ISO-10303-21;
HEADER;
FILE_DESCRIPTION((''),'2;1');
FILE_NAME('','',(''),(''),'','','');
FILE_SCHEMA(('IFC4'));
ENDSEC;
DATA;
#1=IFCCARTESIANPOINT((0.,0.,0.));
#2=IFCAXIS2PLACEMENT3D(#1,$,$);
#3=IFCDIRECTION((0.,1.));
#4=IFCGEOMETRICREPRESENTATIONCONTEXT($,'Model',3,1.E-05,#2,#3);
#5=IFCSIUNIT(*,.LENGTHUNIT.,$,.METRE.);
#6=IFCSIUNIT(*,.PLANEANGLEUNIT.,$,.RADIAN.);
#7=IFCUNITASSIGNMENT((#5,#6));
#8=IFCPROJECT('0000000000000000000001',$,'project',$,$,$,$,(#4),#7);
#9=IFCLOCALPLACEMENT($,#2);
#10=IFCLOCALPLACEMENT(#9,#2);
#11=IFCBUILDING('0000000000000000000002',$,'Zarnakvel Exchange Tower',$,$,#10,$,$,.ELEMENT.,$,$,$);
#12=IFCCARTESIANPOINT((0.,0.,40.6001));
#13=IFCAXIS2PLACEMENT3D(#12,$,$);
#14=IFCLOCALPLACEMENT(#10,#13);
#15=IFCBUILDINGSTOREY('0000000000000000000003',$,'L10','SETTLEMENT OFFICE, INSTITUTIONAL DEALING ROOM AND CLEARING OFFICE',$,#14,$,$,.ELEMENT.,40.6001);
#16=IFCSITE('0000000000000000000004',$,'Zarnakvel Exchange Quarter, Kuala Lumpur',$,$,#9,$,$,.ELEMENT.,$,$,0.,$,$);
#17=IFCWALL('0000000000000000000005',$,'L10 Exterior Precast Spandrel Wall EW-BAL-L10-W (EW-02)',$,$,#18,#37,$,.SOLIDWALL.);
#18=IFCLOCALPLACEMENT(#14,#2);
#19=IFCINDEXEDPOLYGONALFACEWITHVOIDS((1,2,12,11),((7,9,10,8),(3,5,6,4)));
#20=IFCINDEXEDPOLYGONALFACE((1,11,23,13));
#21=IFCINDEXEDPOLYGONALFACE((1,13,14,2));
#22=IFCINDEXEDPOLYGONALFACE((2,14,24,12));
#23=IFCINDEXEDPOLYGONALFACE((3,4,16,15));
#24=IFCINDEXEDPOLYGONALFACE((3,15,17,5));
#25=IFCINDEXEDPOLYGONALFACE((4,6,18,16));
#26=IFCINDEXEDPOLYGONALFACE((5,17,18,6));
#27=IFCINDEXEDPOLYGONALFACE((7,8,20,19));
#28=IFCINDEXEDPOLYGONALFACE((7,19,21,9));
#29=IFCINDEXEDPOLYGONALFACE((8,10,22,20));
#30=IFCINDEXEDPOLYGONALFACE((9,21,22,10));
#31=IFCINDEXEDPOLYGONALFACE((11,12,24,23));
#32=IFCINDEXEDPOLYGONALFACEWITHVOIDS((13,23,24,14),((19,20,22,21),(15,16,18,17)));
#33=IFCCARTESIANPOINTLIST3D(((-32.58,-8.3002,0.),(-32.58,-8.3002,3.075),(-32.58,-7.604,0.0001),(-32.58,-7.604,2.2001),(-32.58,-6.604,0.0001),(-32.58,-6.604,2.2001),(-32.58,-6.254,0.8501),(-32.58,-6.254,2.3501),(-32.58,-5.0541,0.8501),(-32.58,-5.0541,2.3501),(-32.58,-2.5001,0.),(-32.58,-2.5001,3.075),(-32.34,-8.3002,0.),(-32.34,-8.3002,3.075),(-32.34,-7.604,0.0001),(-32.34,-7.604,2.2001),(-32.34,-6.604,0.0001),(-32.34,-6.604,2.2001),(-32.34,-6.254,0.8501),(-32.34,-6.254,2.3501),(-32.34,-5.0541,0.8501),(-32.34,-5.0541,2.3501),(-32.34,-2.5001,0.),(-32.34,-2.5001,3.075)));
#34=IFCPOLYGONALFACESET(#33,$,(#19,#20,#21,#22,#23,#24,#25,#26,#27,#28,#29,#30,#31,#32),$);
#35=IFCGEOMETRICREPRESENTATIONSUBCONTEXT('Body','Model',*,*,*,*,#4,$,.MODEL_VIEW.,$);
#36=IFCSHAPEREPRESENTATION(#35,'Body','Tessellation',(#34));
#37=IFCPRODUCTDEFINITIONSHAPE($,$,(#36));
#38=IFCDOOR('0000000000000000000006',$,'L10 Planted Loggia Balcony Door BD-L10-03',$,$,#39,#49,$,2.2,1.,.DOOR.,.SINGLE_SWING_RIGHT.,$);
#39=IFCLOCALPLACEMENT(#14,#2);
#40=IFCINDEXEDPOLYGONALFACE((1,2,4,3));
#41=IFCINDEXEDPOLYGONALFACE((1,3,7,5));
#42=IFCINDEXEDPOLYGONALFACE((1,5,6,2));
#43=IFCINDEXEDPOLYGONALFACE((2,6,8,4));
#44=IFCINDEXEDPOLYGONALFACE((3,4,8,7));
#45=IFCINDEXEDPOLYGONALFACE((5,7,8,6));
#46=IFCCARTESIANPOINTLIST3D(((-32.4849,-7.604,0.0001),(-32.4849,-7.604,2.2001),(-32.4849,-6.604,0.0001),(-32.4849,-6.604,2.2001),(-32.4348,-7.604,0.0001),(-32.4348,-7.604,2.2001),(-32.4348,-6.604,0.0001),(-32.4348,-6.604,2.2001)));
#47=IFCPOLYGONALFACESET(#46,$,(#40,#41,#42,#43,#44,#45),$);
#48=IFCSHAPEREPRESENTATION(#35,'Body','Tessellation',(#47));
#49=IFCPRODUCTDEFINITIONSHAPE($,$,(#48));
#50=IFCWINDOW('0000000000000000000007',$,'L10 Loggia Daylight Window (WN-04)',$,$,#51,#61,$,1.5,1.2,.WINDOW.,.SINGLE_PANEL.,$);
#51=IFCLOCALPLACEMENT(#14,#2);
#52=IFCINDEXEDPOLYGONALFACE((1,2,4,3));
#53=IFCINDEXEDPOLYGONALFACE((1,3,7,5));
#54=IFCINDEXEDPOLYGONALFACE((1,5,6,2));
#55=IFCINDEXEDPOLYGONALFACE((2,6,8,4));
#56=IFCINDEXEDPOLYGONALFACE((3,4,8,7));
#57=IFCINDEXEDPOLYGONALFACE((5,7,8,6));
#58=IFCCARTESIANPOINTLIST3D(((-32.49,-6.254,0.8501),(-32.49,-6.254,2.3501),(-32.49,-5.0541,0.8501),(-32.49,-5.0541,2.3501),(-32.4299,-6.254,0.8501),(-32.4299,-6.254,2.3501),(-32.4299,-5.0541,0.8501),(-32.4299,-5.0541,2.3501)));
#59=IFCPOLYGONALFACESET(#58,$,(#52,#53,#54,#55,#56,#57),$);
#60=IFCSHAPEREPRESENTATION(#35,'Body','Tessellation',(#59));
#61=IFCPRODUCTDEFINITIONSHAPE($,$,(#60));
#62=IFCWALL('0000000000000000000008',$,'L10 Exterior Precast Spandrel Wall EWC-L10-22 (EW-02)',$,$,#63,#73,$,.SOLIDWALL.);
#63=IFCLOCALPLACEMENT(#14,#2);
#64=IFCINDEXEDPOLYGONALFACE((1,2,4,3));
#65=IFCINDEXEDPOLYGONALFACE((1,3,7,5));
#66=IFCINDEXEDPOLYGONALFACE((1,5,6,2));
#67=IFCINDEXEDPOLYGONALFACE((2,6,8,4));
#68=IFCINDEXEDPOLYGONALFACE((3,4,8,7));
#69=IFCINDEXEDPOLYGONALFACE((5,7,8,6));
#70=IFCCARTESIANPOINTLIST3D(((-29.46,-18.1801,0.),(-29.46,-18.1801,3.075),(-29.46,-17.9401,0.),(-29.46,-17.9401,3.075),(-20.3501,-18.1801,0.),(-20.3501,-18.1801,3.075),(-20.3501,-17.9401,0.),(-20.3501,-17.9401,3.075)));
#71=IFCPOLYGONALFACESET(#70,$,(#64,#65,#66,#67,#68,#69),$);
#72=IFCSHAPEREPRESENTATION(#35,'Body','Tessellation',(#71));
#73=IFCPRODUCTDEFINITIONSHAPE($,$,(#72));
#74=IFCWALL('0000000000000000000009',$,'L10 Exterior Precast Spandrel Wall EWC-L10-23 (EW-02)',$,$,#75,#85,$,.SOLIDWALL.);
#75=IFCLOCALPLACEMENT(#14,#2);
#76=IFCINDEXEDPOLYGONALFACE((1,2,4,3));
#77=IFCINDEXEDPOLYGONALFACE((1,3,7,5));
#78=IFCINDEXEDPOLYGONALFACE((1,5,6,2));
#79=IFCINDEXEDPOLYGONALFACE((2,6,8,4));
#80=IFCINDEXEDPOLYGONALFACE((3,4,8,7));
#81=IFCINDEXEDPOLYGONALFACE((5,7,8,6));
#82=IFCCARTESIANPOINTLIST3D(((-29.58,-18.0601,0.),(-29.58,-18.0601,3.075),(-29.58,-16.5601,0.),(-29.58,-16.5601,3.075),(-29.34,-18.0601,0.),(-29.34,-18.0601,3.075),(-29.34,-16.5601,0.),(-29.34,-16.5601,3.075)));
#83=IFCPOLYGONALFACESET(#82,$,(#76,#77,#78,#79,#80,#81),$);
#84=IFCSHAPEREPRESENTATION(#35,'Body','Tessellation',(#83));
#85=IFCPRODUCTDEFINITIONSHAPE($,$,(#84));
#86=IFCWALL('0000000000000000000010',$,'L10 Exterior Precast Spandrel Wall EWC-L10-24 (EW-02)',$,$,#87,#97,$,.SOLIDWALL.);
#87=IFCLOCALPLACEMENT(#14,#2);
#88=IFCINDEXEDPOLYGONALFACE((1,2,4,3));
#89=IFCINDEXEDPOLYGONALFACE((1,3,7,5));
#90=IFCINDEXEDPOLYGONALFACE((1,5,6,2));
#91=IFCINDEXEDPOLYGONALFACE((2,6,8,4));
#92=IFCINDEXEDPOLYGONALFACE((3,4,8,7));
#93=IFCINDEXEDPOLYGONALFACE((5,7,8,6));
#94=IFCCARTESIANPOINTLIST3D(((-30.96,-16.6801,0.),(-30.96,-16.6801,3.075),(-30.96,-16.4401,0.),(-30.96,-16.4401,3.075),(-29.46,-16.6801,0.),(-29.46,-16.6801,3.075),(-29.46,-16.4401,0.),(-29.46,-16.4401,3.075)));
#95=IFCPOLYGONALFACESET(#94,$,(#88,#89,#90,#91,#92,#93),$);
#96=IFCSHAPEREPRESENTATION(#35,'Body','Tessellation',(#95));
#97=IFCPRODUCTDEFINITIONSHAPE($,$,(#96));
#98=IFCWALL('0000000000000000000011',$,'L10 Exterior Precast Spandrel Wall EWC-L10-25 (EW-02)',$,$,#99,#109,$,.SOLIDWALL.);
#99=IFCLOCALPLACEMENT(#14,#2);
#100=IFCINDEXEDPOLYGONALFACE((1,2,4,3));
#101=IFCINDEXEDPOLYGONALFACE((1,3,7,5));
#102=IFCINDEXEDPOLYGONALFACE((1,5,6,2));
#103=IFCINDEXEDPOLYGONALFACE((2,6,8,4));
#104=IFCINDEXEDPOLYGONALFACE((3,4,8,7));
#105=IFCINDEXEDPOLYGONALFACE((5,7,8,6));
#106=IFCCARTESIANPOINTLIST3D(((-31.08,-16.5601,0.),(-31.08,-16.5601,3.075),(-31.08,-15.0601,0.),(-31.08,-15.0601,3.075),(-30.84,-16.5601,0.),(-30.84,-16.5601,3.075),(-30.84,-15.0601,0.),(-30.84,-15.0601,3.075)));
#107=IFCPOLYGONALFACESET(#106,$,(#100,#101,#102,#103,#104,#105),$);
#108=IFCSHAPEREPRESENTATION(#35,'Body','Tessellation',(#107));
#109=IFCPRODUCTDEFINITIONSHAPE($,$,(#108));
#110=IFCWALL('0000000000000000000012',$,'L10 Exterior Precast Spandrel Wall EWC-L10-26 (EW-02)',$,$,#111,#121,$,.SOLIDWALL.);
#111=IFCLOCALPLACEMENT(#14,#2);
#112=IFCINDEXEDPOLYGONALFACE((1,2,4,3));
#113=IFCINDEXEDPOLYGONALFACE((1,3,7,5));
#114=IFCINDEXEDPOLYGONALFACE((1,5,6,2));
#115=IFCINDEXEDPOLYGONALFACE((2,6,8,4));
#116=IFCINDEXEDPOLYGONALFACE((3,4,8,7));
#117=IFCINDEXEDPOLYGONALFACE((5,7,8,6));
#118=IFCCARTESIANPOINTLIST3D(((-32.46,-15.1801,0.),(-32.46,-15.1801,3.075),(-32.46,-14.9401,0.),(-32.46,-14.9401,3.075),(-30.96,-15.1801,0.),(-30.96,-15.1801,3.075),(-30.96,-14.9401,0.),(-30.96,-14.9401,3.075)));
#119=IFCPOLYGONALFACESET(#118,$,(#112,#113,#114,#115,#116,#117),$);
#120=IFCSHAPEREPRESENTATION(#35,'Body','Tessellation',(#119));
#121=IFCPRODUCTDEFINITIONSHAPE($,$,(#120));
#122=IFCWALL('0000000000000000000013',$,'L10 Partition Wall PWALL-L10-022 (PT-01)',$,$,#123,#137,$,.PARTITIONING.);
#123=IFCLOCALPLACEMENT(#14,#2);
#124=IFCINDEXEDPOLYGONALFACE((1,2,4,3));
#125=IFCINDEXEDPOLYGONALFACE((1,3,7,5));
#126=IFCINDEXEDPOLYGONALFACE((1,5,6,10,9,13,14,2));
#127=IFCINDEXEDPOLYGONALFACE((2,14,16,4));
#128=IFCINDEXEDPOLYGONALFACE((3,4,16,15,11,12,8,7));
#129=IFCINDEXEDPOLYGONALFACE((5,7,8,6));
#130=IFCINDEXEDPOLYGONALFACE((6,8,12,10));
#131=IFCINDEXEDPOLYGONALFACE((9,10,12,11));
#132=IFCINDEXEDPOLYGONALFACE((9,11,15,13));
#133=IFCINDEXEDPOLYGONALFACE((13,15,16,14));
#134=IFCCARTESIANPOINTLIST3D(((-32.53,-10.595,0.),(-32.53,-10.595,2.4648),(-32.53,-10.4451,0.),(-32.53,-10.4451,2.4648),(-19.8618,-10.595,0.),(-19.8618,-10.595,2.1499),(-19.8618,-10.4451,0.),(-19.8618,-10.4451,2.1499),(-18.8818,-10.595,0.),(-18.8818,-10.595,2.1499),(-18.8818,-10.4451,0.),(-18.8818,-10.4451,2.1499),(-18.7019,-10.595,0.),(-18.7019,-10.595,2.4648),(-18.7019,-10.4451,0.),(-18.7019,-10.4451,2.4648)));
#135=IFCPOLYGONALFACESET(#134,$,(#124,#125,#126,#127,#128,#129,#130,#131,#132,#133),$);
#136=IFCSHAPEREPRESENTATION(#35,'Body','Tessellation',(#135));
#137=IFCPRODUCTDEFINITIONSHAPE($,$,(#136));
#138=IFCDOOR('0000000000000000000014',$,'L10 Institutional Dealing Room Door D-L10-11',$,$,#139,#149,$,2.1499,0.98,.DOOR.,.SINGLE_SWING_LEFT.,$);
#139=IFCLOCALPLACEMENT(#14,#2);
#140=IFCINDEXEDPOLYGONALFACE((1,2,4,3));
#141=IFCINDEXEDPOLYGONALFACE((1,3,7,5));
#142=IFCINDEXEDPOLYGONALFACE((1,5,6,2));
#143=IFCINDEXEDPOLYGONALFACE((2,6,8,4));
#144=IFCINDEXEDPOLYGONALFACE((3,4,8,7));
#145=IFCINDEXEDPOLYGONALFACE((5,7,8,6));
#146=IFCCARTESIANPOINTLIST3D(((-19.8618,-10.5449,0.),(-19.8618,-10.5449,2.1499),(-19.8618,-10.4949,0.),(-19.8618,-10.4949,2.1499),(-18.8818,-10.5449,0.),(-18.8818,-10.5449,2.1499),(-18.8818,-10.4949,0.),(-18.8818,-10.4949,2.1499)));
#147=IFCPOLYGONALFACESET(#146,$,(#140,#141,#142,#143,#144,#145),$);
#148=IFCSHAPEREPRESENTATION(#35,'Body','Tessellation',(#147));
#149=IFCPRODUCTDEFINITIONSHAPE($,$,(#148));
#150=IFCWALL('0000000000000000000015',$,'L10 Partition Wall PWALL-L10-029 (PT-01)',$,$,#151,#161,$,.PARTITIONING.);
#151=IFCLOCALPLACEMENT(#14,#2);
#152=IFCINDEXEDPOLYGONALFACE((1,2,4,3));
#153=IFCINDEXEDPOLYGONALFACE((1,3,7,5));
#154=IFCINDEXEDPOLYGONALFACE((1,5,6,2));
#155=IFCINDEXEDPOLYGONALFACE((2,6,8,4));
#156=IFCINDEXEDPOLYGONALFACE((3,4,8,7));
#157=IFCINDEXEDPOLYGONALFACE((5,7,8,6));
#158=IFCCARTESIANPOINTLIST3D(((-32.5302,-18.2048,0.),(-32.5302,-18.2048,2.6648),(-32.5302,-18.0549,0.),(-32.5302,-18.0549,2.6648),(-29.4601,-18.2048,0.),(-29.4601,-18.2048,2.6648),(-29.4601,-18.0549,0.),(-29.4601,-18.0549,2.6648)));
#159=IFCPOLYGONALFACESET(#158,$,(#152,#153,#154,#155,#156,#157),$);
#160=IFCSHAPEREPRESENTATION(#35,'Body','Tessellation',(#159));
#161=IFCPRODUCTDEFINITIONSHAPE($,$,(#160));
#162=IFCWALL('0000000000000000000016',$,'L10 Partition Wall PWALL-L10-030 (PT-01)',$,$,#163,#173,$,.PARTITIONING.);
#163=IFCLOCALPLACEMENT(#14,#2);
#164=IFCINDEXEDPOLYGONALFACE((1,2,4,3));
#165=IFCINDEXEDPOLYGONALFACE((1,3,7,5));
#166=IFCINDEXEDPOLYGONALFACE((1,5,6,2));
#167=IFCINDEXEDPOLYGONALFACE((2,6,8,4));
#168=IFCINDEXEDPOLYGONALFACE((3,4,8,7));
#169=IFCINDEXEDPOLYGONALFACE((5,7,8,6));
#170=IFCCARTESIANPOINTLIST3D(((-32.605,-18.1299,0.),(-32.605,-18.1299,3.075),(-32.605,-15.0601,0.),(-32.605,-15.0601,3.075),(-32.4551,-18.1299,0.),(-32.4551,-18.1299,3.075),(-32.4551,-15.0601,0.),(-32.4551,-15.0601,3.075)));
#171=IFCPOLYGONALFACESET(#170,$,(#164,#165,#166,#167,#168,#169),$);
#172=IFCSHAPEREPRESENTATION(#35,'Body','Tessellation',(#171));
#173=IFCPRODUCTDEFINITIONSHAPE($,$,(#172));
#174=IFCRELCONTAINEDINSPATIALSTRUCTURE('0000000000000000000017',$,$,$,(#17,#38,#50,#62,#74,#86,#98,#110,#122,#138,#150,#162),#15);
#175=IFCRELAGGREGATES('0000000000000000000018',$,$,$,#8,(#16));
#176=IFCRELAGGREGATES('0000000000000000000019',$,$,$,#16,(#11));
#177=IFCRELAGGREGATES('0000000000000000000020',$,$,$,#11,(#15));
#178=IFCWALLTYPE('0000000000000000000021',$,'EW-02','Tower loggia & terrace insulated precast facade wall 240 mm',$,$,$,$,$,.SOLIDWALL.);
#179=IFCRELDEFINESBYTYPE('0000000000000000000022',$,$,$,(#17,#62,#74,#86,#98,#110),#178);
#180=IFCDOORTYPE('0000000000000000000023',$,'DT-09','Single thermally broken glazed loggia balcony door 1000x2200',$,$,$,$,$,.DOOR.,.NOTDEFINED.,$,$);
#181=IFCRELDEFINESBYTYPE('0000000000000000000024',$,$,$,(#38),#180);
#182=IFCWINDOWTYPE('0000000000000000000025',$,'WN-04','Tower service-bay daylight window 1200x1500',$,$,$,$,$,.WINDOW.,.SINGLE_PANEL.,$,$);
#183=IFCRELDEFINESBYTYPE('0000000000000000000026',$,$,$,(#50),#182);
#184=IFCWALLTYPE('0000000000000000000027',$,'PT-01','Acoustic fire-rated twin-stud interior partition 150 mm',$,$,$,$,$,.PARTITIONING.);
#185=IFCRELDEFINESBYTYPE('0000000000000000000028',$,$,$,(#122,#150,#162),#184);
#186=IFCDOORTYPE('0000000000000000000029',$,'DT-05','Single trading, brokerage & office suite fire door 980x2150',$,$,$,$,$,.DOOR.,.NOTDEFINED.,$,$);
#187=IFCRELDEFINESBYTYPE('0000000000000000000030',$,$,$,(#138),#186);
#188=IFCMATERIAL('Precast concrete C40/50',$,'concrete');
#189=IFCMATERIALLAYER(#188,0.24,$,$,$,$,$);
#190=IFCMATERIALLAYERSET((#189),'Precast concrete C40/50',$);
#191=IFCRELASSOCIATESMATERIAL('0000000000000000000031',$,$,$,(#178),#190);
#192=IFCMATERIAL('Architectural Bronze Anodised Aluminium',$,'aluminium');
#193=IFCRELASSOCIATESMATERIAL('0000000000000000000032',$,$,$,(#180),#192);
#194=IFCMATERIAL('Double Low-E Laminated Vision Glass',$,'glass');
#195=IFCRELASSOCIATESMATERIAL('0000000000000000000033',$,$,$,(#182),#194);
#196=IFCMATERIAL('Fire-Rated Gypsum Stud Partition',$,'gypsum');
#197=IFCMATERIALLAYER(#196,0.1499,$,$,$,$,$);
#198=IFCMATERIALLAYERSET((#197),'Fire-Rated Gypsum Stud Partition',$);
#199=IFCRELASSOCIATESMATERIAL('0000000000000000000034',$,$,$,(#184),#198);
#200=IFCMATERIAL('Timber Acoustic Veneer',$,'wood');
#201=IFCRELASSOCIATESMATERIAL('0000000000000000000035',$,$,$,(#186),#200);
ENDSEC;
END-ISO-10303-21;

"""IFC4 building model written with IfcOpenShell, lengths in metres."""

from ifc_helpers import new_model, si_unit, direction, frame, frame_2d, origin, place, context, subcontext, project, spatial, rectangle, extrude, source, transform, mapped, material, layer, layer_set, type_object, element, fill, save


model = new_model("IFC4")

# Units and contexts
model_context = context("Model", 3, precision=1e-05, world=origin(), true_north=direction((0.0, 1.0)))
body_context = subcontext(model_context, "Body", "Model", "MODEL_VIEW")
ifc_project = project(units=[si_unit("LENGTHUNIT", "METRE"), si_unit("PLANEANGLEUNIT", "RADIAN")], contexts=[model_context])

# Site, building, storey
site_placement = place(None, origin())
site = spatial("IfcSite", under=ifc_project, at=site_placement, Name="Zarnakvel Exchange Quarter, Kuala Lumpur", CompositionType="ELEMENT", RefElevation=0.0)
building_placement = place(site_placement, origin())
building = spatial("IfcBuilding", under=site, at=building_placement, Name="Zarnakvel Exchange Tower", CompositionType="ELEMENT")
storey_placement = place(building_placement, frame((0.0, 0.0, 40.6001)))
storey = spatial("IfcBuildingStorey", under=building, at=storey_placement, Name="L10", Description="SETTLEMENT OFFICE, INSTITUTIONAL DEALING ROOM AND CLEARING OFFICE", CompositionType="ELEMENT", Elevation=40.6001)

# Wall, openings, door, window
ifc_material_1 = material(Name="Precast concrete C40/50", Category="concrete")
ifc_layer_1 = layer(ifc_material_1, 0.24)
ifc_layer_set_1 = layer_set([ifc_layer_1], Name="Precast concrete C40/50")
wall_type_1 = type_object("IfcWallType", Name="EW-02", Description="Tower loggia & terrace insulated precast facade wall 240 mm", PredefinedType="SOLIDWALL", material=ifc_layer_set_1)
wall_1_placement = place(storey_placement, frame((-32.46, -8.3, 0.0), z_axis=(0.0, 0.0, 1.0), x_axis=(0.0, 1.0, 0.0)))
wall_1 = element("IfcWall", 1, at=wall_1_placement, inside=storey, type_object=wall_type_1, Name="L10 Exterior Precast Spandrel Wall EW-BAL-L10-W (EW-02)", PredefinedType="SOLIDWALL", context=body_context, shape_type="SweptSolid", body=[
    extrude(rectangle(XDim=5.8, YDim=0.24, at=frame_2d((2.8999, 0.0))), origin(), (0.0, 0.0, 1.0), 3.075),
])
opening_1_placement = place(wall_1_placement, frame((0.696, 0.0, 0.0)))
opening_1 = element("IfcOpeningElement", 2, at=opening_1_placement, cuts=wall_1, PredefinedType="OPENING", context=body_context, shape_type="SweptSolid", body=[
    extrude(rectangle(XDim=1.0, YDim=2.2, at=frame_2d((0.5, 1.1001))), frame((0.0, 0.1299, 0.0), z_axis=(0.0, -1.0, 0.0), x_axis=(1.0, 0.0, 0.0)), (0.0, 0.0, 1.0), 0.26),
])
opening_2_placement = place(wall_1_placement, frame((2.0459, 0.0, 0.8501)))
opening_2 = element("IfcOpeningElement", 3, at=opening_2_placement, cuts=wall_1, PredefinedType="OPENING", context=body_context, shape_type="SweptSolid", body=[
    extrude(rectangle(XDim=1.2, YDim=1.5, at=frame_2d((0.6001, 0.75))), frame((0.0, 0.1299, 0.0), z_axis=(0.0, -1.0, 0.0), x_axis=(1.0, 0.0, 0.0)), (0.0, 0.0, 1.0), 0.26),
])
ifc_material_2 = material(Name="Architectural Bronze Anodised Aluminium", Category="aluminium")
door_type_1 = type_object("IfcDoorType", Name="DT-09", Description="Single thermally broken glazed loggia balcony door 1000x2200", OperationType="NOTDEFINED", PredefinedType="DOOR", material=ifc_material_2)
shared_shape_1 = source(origin(), body_context, "Body", "SweptSolid", [
    extrude(rectangle(XDim=1.0, YDim=2.2, at=frame_2d((0.5, 1.1001))), frame((0.0, 0.0249, 0.0), z_axis=(0.0, -1.0, 0.0), x_axis=(1.0, 0.0, 0.0)), (0.0, 0.0, 1.0), 0.05),
])
door_1_placement = place(opening_1_placement, origin())
door_1 = element("IfcDoor", 4, at=door_1_placement, inside=storey, type_object=door_type_1, Name="L10 Planted Loggia Balcony Door BD-L10-03", OperationType="SINGLE_SWING_RIGHT", OverallHeight=2.2, OverallWidth=1.0, PredefinedType="DOOR", context=body_context, shape_type="MappedRepresentation", body=[
    mapped(shared_shape_1, transform((0.0, 0.0, 0.0), x_axis=(1.0, 0.0, 0.0), y_axis=(0.0, 1.0, 0.0), z_axis=(0.0, 0.0, 1.0), scale=1.0)),
])
fill(opening_1, door_1)
ifc_material_3 = material(Name="Double Low-E Laminated Vision Glass", Category="glass")
window_type = type_object("IfcWindowType", Name="WN-04", Description="Tower service-bay daylight window 1200x1500", PartitioningType="SINGLE_PANEL", PredefinedType="WINDOW", material=ifc_material_3)
shared_shape_2 = source(origin(), body_context, "Body", "SweptSolid", [
    extrude(rectangle(XDim=1.2, YDim=1.5, at=frame_2d((0.6001, 0.75))), frame((0.0, 0.03, 0.0), z_axis=(0.0, -1.0, 0.0), x_axis=(1.0, 0.0, 0.0)), (0.0, 0.0, 1.0), 0.0601),
])
window_placement = place(opening_2_placement, origin())
window = element("IfcWindow", 5, at=window_placement, inside=storey, type_object=window_type, Name="L10 Loggia Daylight Window (WN-04)", OverallHeight=1.5, OverallWidth=1.2, PartitioningType="SINGLE_PANEL", PredefinedType="WINDOW", context=body_context, shape_type="MappedRepresentation", body=[
    mapped(shared_shape_2, transform((0.0, 0.0, 0.0), x_axis=(1.0, 0.0, 0.0), y_axis=(0.0, 1.0, 0.0), z_axis=(0.0, 0.0, 1.0), scale=1.0)),
])
fill(opening_2, window)

# Walls
wall_2_placement = place(storey_placement, frame((-29.46, -18.0601, 0.0), z_axis=(0.0, 0.0, 1.0), x_axis=(1.0, 0.0, 0.0)))
element("IfcWall", 6, at=wall_2_placement, inside=storey, type_object=wall_type_1, Name="L10 Exterior Precast Spandrel Wall EWC-L10-22 (EW-02)", PredefinedType="SOLIDWALL", context=body_context, shape_type="SweptSolid", body=[
    extrude(rectangle(XDim=9.1099, YDim=0.24, at=frame_2d((4.5549, 0.0))), origin(), (0.0, 0.0, 1.0), 3.075),
])
for number, where, z_axis, x_axis, name in (
    (7, (-29.46, -16.5601, 0.0), (0.0, 0.0, 1.0), (0.0, -1.0, 0.0), "L10 Exterior Precast Spandrel Wall EWC-L10-23 (EW-02)"),
    (8, (-30.96, -16.5601, 0.0), (0.0, 0.0, 1.0), (1.0, 0.0, 0.0), "L10 Exterior Precast Spandrel Wall EWC-L10-24 (EW-02)"),
    (9, (-30.96, -15.0601, 0.0), (0.0, 0.0, 1.0), (0.0, -1.0, 0.0), "L10 Exterior Precast Spandrel Wall EWC-L10-25 (EW-02)"),
    (10, (-32.46, -15.0601, 0.0), (0.0, 0.0, 1.0), (1.0, 0.0, 0.0), "L10 Exterior Precast Spandrel Wall EWC-L10-26 (EW-02)"),
):
    element("IfcWall", number, at=place(storey_placement, frame(where, z_axis=z_axis, x_axis=x_axis)), inside=storey, type_object=wall_type_1, Name=name, PredefinedType="SOLIDWALL", context=body_context, shape_type="SweptSolid", body=[
        extrude(rectangle(XDim=1.5, YDim=0.24, at=frame_2d((0.75, 0.0))), origin(), (0.0, 0.0, 1.0), 3.075),
    ])

# Wall, opening, door
ifc_material_4 = material(Name="Fire-Rated Gypsum Stud Partition", Category="gypsum")
ifc_layer_2 = layer(ifc_material_4, 0.1499)
ifc_layer_set_2 = layer_set([ifc_layer_2], Name="Fire-Rated Gypsum Stud Partition")
wall_type_2 = type_object("IfcWallType", Name="PT-01", Description="Acoustic fire-rated twin-stud interior partition 150 mm", PredefinedType="PARTITIONING", material=ifc_layer_set_2)
wall_3_placement = place(storey_placement, frame((-18.7019, -10.52, 0.0), z_axis=(0.0, 0.0, 1.0), x_axis=(-1.0, 0.0, 0.0)))
wall_3 = element("IfcWall", 11, at=wall_3_placement, inside=storey, type_object=wall_type_2, Name="L10 Partition Wall PWALL-L10-022 (PT-01)", PredefinedType="PARTITIONING", context=body_context, shape_type="SweptSolid", body=[
    extrude(rectangle(XDim=13.8281, YDim=0.1499, at=frame_2d((6.9141, 0.0))), origin(), (0.0, 0.0, 1.0), 2.4648),
])
opening_3_placement = place(wall_3_placement, frame((0.1799, 0.0, 0.0)))
opening_3 = element("IfcOpeningElement", 12, at=opening_3_placement, cuts=wall_3, PredefinedType="OPENING", context=body_context, shape_type="SweptSolid", body=[
    extrude(rectangle(XDim=0.98, YDim=2.1499, at=frame_2d((0.49, 1.075))), frame((0.0, 0.085, 0.0), z_axis=(0.0, -1.0, 0.0), x_axis=(1.0, 0.0, 0.0)), (0.0, 0.0, 1.0), 0.1699),
])
ifc_material_5 = material(Name="Timber Acoustic Veneer", Category="wood")
door_type_2 = type_object("IfcDoorType", Name="DT-05", Description="Single trading, brokerage & office suite fire door 980x2150", OperationType="NOTDEFINED", PredefinedType="DOOR", material=ifc_material_5)
shared_shape_3 = source(origin(), body_context, "Body", "SweptSolid", [
    extrude(rectangle(XDim=0.98, YDim=2.1499, at=frame_2d((0.49, 1.075))), frame((0.0, 0.0249, 0.0), z_axis=(0.0, -1.0, 0.0), x_axis=(1.0, 0.0, 0.0)), (0.0, 0.0, 1.0), 0.05),
])
door_2_placement = place(opening_3_placement, origin())
door_2 = element("IfcDoor", 13, at=door_2_placement, inside=storey, type_object=door_type_2, Name="L10 Institutional Dealing Room Door D-L10-11", OperationType="SINGLE_SWING_LEFT", OverallHeight=2.1499, OverallWidth=0.98, PredefinedType="DOOR", context=body_context, shape_type="MappedRepresentation", body=[
    mapped(shared_shape_3, transform((0.0, 0.0, 0.0), x_axis=(1.0, 0.0, 0.0), y_axis=(0.0, 1.0, 0.0), z_axis=(0.0, 0.0, 1.0), scale=1.0)),
])
fill(opening_3, door_2)

# Walls
wall_4_placement = place(storey_placement, frame((-29.46, -18.1299, 0.0), z_axis=(0.0, 0.0, 1.0), x_axis=(-1.0, 0.0, 0.0)))
element("IfcWall", 14, at=wall_4_placement, inside=storey, type_object=wall_type_2, Name="L10 Partition Wall PWALL-L10-029 (PT-01)", PredefinedType="PARTITIONING", context=body_context, shape_type="SweptSolid", body=[
    extrude(rectangle(XDim=3.0701, YDim=0.1499, at=frame_2d((1.5352, 0.0))), origin(), (0.0, 0.0, 1.0), 2.6648),
])
wall_5_placement = place(storey_placement, frame((-32.53, -18.1299, 0.0), z_axis=(0.0, 0.0, 1.0), x_axis=(0.0, 1.0, 0.0)))
element("IfcWall", 15, at=wall_5_placement, inside=storey, type_object=wall_type_2, Name="L10 Partition Wall PWALL-L10-030 (PT-01)", PredefinedType="PARTITIONING", context=body_context, shape_type="SweptSolid", body=[
    extrude(rectangle(XDim=3.0698, YDim=0.1499, at=frame_2d((1.5349, 0.0))), origin(), (0.0, 0.0, 1.0), 3.075),
])

save(model, "model.ifc")
